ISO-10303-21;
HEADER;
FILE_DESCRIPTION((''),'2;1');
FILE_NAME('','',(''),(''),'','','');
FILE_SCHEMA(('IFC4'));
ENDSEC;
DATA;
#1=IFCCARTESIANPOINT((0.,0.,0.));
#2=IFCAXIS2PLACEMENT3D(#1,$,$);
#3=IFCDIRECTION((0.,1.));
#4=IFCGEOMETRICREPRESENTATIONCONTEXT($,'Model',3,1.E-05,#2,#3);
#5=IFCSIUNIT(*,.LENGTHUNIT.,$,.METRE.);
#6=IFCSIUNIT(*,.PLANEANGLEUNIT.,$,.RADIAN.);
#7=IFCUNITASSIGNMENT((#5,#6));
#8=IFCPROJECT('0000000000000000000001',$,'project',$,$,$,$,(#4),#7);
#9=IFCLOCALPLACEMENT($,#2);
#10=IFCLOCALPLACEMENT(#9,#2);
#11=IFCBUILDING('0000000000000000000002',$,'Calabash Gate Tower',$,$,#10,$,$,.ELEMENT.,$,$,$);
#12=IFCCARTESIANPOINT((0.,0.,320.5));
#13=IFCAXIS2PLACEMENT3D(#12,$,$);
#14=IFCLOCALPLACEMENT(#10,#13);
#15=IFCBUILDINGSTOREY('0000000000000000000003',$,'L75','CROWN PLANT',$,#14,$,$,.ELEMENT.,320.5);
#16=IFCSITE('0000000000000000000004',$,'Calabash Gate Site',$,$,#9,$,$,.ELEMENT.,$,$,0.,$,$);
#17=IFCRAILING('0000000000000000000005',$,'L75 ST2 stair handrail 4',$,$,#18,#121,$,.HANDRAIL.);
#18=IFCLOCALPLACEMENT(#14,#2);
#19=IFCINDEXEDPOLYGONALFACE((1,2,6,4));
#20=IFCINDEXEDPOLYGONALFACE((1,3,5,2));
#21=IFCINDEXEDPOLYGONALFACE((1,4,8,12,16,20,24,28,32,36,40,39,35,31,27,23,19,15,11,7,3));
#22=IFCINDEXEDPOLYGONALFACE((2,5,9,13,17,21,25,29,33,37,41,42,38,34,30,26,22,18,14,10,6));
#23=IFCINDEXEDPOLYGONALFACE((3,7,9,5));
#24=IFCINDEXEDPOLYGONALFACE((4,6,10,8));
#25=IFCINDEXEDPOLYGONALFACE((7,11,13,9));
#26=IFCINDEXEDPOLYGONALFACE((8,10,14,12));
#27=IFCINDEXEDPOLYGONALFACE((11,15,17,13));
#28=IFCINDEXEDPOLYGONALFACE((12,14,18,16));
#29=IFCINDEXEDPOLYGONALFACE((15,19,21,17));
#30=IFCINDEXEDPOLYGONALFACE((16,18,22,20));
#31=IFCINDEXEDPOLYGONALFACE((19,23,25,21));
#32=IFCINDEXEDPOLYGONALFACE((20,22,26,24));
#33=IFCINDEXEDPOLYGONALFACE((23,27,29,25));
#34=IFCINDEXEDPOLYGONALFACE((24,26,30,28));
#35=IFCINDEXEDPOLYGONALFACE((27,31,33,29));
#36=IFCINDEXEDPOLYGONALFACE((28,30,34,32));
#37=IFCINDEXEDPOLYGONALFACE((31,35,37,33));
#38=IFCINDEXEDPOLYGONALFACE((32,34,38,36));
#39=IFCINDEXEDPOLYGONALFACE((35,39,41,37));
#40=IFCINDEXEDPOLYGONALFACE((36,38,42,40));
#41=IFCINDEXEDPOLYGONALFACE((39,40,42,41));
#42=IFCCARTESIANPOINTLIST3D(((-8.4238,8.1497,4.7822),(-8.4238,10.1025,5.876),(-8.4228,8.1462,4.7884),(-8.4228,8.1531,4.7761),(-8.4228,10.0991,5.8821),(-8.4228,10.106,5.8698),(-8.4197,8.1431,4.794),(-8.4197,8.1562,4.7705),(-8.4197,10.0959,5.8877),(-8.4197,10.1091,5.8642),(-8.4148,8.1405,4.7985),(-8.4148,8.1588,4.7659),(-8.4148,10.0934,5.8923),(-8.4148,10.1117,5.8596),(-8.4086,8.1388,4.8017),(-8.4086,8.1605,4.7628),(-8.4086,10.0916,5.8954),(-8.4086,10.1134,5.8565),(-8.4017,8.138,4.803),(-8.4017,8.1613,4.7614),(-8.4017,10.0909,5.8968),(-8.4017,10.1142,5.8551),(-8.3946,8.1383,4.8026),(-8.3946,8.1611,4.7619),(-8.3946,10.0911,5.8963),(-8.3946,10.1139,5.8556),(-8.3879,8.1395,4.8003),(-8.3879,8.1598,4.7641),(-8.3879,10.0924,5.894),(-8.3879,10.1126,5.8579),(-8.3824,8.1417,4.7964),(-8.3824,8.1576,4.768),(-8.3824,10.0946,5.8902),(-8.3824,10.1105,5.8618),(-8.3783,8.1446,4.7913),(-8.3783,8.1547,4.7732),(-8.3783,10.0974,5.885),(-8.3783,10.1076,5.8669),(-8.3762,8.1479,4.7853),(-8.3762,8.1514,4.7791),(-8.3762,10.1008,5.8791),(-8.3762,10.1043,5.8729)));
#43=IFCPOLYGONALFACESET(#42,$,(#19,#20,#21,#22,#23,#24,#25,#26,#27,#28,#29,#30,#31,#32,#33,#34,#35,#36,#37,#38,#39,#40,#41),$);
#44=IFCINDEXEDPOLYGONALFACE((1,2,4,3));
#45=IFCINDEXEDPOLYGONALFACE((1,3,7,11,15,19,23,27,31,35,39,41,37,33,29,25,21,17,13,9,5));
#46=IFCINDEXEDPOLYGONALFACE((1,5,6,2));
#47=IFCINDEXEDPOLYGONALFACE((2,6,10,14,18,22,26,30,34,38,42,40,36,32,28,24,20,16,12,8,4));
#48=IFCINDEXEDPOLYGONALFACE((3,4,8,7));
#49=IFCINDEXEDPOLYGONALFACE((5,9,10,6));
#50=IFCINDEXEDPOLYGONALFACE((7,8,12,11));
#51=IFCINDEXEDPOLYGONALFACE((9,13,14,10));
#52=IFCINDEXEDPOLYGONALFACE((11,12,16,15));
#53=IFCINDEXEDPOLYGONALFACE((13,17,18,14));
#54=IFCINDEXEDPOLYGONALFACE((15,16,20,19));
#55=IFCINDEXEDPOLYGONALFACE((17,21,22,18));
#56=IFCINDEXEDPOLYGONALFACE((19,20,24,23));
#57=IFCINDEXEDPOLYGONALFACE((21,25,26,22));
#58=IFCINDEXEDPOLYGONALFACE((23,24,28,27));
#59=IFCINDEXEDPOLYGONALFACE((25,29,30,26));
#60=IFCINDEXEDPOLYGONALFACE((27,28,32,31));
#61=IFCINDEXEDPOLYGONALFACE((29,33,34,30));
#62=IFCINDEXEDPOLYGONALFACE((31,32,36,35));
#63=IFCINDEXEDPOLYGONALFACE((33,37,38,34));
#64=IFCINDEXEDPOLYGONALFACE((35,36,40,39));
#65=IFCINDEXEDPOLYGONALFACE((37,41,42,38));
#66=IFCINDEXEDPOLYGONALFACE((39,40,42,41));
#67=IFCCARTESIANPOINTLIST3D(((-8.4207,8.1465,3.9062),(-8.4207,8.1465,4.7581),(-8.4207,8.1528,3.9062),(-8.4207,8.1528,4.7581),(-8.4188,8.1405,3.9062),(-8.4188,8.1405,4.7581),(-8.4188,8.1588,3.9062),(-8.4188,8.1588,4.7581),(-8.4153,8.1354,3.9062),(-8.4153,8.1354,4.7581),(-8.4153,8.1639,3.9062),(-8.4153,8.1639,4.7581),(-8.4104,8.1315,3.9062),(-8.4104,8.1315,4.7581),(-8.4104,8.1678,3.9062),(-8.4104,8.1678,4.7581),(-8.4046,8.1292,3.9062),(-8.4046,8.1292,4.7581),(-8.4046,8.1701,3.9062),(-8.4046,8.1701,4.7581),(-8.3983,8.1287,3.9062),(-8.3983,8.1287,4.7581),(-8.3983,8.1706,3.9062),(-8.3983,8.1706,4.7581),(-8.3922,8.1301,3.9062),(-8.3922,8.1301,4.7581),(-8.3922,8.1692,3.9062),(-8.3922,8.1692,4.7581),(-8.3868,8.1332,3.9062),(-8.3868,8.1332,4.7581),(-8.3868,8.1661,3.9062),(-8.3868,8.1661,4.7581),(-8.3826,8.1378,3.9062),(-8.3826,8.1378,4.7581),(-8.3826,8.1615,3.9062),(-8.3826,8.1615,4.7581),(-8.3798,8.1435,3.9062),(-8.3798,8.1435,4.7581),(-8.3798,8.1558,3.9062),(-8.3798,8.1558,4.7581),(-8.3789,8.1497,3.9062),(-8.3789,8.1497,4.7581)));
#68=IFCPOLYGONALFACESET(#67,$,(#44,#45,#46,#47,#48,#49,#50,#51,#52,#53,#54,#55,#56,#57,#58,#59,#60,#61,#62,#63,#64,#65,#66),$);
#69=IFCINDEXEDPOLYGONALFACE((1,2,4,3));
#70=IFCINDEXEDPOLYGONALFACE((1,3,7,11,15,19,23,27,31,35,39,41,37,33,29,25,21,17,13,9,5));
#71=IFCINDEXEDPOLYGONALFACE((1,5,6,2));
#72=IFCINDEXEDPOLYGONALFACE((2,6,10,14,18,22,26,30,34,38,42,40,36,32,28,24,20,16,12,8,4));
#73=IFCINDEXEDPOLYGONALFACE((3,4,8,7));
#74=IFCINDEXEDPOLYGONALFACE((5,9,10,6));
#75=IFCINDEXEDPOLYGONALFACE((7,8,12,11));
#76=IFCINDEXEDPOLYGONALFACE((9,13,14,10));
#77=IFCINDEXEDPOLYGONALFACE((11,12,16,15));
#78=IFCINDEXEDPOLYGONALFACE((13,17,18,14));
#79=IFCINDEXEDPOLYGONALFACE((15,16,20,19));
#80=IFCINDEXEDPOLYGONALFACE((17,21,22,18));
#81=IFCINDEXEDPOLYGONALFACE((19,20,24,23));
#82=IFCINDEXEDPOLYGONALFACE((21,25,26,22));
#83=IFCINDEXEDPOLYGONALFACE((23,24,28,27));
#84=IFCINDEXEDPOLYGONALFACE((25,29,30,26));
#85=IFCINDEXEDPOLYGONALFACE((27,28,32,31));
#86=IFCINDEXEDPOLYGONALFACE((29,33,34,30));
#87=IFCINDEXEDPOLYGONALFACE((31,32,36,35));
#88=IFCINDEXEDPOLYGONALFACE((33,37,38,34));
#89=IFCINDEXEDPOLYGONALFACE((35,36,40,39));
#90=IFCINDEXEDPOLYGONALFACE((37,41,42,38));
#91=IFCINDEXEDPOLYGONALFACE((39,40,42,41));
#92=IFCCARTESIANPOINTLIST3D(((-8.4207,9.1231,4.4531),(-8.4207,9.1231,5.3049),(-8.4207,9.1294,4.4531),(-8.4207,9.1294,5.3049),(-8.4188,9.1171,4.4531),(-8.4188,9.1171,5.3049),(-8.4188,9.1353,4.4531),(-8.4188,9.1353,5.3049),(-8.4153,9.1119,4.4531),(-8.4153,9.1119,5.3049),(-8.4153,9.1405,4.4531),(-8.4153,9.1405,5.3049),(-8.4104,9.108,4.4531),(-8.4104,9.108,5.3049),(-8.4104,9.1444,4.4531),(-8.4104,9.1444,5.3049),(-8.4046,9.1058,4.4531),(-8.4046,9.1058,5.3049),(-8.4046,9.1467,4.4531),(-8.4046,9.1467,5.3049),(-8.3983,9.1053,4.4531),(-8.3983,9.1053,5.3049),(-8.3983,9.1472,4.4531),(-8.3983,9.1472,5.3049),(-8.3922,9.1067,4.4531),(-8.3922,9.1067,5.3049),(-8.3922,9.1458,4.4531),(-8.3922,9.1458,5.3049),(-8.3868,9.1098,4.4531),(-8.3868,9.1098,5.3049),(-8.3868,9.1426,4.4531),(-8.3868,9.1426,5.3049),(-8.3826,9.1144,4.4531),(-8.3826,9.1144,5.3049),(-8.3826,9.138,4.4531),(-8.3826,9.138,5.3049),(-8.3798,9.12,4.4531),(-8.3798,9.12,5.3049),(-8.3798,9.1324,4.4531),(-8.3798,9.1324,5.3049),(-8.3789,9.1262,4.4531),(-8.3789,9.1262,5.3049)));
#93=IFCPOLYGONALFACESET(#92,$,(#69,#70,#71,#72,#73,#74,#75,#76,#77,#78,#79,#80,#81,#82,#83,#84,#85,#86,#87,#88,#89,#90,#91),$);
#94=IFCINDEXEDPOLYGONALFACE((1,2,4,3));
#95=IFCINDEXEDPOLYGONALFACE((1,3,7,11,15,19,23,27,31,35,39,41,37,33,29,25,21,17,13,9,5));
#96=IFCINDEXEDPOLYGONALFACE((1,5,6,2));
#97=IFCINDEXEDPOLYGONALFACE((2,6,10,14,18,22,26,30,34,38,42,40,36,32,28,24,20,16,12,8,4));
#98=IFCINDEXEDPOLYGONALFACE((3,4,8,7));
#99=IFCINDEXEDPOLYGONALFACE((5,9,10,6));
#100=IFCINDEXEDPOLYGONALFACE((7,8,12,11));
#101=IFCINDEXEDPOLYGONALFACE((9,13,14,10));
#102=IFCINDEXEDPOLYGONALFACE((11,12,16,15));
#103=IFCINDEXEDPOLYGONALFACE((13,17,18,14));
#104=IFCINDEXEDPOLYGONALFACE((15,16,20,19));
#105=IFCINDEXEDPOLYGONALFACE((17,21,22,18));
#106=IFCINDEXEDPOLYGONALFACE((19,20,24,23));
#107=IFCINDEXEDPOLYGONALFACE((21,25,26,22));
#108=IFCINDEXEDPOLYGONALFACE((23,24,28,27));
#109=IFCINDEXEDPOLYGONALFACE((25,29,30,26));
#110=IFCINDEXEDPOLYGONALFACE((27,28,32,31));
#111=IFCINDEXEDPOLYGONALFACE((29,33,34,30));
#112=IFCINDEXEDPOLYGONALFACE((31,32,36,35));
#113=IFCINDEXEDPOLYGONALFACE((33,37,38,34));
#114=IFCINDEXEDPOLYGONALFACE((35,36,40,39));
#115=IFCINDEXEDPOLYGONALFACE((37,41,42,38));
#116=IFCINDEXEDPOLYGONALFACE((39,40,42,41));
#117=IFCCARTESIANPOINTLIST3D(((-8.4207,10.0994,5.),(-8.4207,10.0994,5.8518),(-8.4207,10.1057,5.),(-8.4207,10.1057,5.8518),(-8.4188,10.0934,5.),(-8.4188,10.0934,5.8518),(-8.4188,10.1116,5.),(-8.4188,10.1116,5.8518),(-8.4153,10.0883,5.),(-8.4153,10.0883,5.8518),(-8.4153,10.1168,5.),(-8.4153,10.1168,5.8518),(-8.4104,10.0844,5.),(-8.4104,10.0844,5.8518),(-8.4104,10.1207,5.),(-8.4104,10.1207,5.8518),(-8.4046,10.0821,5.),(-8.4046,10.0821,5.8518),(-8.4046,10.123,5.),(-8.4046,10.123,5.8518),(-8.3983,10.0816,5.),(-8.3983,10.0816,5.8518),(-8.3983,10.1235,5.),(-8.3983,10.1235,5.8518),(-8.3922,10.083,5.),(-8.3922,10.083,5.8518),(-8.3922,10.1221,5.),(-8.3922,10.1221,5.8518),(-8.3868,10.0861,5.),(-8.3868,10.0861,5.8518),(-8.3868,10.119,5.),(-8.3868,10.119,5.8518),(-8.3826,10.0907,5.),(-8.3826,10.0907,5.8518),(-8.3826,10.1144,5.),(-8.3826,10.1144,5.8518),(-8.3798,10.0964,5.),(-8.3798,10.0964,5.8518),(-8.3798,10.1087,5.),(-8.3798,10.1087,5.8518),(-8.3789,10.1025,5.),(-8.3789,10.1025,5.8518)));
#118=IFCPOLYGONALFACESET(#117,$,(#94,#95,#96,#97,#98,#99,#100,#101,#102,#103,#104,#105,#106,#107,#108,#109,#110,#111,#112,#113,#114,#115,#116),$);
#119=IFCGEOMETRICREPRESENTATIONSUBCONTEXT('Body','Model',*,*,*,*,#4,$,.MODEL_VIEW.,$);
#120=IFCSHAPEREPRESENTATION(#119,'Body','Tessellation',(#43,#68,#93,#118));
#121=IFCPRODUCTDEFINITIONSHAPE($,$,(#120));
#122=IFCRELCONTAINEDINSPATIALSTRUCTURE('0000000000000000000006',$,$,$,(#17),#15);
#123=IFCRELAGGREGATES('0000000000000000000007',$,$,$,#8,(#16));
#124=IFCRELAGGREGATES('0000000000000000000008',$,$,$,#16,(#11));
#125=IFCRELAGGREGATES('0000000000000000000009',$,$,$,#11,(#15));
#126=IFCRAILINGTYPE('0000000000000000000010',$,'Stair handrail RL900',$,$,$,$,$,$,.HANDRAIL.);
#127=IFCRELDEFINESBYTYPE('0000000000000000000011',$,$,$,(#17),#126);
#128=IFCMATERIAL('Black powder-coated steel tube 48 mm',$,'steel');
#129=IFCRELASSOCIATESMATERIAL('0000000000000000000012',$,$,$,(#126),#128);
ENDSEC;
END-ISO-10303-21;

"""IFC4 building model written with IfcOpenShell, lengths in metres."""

from ifc_helpers import new_model, si_unit, direction, frame, origin, origin_2d, place, context, subcontext, project, spatial, circle, extrude, material, type_object, element, save


model = new_model("IFC4")

# Units and contexts
model_context = context("Model", 3, precision=1e-05, world=origin(), true_north=direction((0.0, 1.0)))
body_context = subcontext(model_context, "Body", "Model", "MODEL_VIEW")
ifc_project = project(units=[si_unit("LENGTHUNIT", "METRE"), si_unit("PLANEANGLEUNIT", "RADIAN")], contexts=[model_context])

# Site, building, storey
site_placement = place(None, origin())
site = spatial("IfcSite", under=ifc_project, at=site_placement, Name="Calabash Gate Site", CompositionType="ELEMENT", RefElevation=0.0)
building_placement = place(site_placement, origin())
building = spatial("IfcBuilding", under=site, at=building_placement, Name="Calabash Gate Tower", CompositionType="ELEMENT")
storey_placement = place(building_placement, frame((0.0, 0.0, 320.5)))
storey = spatial("IfcBuildingStorey", under=building, at=storey_placement, Name="L75", Description="CROWN PLANT", CompositionType="ELEMENT", Elevation=320.5)

# Railing
ifc_material_1 = material(Name="Black powder-coated steel tube 48 mm", Category="steel")
railing_type_1 = type_object("IfcRailingType", Name="Stair handrail RL900", PredefinedType="HANDRAIL", material=ifc_material_1)
for number, where, name in (
    (1, (-8.3999, 8.1497, 3.9062), "L75 ST2 stair handrail 4"),
):
    element("IfcRailing", number, at=place(storey_placement, frame(where)), inside=storey, type_object=railing_type_1, Name=name, PredefinedType="HANDRAIL", context=body_context, shape_type="SweptSolid", body=[
        extrude(circle(Radius=0.0239, at=origin_2d()), frame((0.0, 0.0, 0.876), z_axis=(0.0, 0.87248, 0.48865), x_axis=(-1.0, 0.0, 0.0)), (0.0, 0.0, 1.0), 2.2383),
        extrude(circle(Radius=0.021, at=origin_2d()), origin(), (0.0, 0.0, 1.0), 0.8518),
        extrude(circle(Radius=0.021, at=origin_2d()), frame((0.0, 0.9766, 0.5469)), (0.0, 0.0, 1.0), 0.8518),
        extrude(circle(Radius=0.021, at=origin_2d()), frame((0.0, 1.9529, 1.0938)), (0.0, 0.0, 1.0), 0.8518),
    ])

save(model, "model.ifc")
